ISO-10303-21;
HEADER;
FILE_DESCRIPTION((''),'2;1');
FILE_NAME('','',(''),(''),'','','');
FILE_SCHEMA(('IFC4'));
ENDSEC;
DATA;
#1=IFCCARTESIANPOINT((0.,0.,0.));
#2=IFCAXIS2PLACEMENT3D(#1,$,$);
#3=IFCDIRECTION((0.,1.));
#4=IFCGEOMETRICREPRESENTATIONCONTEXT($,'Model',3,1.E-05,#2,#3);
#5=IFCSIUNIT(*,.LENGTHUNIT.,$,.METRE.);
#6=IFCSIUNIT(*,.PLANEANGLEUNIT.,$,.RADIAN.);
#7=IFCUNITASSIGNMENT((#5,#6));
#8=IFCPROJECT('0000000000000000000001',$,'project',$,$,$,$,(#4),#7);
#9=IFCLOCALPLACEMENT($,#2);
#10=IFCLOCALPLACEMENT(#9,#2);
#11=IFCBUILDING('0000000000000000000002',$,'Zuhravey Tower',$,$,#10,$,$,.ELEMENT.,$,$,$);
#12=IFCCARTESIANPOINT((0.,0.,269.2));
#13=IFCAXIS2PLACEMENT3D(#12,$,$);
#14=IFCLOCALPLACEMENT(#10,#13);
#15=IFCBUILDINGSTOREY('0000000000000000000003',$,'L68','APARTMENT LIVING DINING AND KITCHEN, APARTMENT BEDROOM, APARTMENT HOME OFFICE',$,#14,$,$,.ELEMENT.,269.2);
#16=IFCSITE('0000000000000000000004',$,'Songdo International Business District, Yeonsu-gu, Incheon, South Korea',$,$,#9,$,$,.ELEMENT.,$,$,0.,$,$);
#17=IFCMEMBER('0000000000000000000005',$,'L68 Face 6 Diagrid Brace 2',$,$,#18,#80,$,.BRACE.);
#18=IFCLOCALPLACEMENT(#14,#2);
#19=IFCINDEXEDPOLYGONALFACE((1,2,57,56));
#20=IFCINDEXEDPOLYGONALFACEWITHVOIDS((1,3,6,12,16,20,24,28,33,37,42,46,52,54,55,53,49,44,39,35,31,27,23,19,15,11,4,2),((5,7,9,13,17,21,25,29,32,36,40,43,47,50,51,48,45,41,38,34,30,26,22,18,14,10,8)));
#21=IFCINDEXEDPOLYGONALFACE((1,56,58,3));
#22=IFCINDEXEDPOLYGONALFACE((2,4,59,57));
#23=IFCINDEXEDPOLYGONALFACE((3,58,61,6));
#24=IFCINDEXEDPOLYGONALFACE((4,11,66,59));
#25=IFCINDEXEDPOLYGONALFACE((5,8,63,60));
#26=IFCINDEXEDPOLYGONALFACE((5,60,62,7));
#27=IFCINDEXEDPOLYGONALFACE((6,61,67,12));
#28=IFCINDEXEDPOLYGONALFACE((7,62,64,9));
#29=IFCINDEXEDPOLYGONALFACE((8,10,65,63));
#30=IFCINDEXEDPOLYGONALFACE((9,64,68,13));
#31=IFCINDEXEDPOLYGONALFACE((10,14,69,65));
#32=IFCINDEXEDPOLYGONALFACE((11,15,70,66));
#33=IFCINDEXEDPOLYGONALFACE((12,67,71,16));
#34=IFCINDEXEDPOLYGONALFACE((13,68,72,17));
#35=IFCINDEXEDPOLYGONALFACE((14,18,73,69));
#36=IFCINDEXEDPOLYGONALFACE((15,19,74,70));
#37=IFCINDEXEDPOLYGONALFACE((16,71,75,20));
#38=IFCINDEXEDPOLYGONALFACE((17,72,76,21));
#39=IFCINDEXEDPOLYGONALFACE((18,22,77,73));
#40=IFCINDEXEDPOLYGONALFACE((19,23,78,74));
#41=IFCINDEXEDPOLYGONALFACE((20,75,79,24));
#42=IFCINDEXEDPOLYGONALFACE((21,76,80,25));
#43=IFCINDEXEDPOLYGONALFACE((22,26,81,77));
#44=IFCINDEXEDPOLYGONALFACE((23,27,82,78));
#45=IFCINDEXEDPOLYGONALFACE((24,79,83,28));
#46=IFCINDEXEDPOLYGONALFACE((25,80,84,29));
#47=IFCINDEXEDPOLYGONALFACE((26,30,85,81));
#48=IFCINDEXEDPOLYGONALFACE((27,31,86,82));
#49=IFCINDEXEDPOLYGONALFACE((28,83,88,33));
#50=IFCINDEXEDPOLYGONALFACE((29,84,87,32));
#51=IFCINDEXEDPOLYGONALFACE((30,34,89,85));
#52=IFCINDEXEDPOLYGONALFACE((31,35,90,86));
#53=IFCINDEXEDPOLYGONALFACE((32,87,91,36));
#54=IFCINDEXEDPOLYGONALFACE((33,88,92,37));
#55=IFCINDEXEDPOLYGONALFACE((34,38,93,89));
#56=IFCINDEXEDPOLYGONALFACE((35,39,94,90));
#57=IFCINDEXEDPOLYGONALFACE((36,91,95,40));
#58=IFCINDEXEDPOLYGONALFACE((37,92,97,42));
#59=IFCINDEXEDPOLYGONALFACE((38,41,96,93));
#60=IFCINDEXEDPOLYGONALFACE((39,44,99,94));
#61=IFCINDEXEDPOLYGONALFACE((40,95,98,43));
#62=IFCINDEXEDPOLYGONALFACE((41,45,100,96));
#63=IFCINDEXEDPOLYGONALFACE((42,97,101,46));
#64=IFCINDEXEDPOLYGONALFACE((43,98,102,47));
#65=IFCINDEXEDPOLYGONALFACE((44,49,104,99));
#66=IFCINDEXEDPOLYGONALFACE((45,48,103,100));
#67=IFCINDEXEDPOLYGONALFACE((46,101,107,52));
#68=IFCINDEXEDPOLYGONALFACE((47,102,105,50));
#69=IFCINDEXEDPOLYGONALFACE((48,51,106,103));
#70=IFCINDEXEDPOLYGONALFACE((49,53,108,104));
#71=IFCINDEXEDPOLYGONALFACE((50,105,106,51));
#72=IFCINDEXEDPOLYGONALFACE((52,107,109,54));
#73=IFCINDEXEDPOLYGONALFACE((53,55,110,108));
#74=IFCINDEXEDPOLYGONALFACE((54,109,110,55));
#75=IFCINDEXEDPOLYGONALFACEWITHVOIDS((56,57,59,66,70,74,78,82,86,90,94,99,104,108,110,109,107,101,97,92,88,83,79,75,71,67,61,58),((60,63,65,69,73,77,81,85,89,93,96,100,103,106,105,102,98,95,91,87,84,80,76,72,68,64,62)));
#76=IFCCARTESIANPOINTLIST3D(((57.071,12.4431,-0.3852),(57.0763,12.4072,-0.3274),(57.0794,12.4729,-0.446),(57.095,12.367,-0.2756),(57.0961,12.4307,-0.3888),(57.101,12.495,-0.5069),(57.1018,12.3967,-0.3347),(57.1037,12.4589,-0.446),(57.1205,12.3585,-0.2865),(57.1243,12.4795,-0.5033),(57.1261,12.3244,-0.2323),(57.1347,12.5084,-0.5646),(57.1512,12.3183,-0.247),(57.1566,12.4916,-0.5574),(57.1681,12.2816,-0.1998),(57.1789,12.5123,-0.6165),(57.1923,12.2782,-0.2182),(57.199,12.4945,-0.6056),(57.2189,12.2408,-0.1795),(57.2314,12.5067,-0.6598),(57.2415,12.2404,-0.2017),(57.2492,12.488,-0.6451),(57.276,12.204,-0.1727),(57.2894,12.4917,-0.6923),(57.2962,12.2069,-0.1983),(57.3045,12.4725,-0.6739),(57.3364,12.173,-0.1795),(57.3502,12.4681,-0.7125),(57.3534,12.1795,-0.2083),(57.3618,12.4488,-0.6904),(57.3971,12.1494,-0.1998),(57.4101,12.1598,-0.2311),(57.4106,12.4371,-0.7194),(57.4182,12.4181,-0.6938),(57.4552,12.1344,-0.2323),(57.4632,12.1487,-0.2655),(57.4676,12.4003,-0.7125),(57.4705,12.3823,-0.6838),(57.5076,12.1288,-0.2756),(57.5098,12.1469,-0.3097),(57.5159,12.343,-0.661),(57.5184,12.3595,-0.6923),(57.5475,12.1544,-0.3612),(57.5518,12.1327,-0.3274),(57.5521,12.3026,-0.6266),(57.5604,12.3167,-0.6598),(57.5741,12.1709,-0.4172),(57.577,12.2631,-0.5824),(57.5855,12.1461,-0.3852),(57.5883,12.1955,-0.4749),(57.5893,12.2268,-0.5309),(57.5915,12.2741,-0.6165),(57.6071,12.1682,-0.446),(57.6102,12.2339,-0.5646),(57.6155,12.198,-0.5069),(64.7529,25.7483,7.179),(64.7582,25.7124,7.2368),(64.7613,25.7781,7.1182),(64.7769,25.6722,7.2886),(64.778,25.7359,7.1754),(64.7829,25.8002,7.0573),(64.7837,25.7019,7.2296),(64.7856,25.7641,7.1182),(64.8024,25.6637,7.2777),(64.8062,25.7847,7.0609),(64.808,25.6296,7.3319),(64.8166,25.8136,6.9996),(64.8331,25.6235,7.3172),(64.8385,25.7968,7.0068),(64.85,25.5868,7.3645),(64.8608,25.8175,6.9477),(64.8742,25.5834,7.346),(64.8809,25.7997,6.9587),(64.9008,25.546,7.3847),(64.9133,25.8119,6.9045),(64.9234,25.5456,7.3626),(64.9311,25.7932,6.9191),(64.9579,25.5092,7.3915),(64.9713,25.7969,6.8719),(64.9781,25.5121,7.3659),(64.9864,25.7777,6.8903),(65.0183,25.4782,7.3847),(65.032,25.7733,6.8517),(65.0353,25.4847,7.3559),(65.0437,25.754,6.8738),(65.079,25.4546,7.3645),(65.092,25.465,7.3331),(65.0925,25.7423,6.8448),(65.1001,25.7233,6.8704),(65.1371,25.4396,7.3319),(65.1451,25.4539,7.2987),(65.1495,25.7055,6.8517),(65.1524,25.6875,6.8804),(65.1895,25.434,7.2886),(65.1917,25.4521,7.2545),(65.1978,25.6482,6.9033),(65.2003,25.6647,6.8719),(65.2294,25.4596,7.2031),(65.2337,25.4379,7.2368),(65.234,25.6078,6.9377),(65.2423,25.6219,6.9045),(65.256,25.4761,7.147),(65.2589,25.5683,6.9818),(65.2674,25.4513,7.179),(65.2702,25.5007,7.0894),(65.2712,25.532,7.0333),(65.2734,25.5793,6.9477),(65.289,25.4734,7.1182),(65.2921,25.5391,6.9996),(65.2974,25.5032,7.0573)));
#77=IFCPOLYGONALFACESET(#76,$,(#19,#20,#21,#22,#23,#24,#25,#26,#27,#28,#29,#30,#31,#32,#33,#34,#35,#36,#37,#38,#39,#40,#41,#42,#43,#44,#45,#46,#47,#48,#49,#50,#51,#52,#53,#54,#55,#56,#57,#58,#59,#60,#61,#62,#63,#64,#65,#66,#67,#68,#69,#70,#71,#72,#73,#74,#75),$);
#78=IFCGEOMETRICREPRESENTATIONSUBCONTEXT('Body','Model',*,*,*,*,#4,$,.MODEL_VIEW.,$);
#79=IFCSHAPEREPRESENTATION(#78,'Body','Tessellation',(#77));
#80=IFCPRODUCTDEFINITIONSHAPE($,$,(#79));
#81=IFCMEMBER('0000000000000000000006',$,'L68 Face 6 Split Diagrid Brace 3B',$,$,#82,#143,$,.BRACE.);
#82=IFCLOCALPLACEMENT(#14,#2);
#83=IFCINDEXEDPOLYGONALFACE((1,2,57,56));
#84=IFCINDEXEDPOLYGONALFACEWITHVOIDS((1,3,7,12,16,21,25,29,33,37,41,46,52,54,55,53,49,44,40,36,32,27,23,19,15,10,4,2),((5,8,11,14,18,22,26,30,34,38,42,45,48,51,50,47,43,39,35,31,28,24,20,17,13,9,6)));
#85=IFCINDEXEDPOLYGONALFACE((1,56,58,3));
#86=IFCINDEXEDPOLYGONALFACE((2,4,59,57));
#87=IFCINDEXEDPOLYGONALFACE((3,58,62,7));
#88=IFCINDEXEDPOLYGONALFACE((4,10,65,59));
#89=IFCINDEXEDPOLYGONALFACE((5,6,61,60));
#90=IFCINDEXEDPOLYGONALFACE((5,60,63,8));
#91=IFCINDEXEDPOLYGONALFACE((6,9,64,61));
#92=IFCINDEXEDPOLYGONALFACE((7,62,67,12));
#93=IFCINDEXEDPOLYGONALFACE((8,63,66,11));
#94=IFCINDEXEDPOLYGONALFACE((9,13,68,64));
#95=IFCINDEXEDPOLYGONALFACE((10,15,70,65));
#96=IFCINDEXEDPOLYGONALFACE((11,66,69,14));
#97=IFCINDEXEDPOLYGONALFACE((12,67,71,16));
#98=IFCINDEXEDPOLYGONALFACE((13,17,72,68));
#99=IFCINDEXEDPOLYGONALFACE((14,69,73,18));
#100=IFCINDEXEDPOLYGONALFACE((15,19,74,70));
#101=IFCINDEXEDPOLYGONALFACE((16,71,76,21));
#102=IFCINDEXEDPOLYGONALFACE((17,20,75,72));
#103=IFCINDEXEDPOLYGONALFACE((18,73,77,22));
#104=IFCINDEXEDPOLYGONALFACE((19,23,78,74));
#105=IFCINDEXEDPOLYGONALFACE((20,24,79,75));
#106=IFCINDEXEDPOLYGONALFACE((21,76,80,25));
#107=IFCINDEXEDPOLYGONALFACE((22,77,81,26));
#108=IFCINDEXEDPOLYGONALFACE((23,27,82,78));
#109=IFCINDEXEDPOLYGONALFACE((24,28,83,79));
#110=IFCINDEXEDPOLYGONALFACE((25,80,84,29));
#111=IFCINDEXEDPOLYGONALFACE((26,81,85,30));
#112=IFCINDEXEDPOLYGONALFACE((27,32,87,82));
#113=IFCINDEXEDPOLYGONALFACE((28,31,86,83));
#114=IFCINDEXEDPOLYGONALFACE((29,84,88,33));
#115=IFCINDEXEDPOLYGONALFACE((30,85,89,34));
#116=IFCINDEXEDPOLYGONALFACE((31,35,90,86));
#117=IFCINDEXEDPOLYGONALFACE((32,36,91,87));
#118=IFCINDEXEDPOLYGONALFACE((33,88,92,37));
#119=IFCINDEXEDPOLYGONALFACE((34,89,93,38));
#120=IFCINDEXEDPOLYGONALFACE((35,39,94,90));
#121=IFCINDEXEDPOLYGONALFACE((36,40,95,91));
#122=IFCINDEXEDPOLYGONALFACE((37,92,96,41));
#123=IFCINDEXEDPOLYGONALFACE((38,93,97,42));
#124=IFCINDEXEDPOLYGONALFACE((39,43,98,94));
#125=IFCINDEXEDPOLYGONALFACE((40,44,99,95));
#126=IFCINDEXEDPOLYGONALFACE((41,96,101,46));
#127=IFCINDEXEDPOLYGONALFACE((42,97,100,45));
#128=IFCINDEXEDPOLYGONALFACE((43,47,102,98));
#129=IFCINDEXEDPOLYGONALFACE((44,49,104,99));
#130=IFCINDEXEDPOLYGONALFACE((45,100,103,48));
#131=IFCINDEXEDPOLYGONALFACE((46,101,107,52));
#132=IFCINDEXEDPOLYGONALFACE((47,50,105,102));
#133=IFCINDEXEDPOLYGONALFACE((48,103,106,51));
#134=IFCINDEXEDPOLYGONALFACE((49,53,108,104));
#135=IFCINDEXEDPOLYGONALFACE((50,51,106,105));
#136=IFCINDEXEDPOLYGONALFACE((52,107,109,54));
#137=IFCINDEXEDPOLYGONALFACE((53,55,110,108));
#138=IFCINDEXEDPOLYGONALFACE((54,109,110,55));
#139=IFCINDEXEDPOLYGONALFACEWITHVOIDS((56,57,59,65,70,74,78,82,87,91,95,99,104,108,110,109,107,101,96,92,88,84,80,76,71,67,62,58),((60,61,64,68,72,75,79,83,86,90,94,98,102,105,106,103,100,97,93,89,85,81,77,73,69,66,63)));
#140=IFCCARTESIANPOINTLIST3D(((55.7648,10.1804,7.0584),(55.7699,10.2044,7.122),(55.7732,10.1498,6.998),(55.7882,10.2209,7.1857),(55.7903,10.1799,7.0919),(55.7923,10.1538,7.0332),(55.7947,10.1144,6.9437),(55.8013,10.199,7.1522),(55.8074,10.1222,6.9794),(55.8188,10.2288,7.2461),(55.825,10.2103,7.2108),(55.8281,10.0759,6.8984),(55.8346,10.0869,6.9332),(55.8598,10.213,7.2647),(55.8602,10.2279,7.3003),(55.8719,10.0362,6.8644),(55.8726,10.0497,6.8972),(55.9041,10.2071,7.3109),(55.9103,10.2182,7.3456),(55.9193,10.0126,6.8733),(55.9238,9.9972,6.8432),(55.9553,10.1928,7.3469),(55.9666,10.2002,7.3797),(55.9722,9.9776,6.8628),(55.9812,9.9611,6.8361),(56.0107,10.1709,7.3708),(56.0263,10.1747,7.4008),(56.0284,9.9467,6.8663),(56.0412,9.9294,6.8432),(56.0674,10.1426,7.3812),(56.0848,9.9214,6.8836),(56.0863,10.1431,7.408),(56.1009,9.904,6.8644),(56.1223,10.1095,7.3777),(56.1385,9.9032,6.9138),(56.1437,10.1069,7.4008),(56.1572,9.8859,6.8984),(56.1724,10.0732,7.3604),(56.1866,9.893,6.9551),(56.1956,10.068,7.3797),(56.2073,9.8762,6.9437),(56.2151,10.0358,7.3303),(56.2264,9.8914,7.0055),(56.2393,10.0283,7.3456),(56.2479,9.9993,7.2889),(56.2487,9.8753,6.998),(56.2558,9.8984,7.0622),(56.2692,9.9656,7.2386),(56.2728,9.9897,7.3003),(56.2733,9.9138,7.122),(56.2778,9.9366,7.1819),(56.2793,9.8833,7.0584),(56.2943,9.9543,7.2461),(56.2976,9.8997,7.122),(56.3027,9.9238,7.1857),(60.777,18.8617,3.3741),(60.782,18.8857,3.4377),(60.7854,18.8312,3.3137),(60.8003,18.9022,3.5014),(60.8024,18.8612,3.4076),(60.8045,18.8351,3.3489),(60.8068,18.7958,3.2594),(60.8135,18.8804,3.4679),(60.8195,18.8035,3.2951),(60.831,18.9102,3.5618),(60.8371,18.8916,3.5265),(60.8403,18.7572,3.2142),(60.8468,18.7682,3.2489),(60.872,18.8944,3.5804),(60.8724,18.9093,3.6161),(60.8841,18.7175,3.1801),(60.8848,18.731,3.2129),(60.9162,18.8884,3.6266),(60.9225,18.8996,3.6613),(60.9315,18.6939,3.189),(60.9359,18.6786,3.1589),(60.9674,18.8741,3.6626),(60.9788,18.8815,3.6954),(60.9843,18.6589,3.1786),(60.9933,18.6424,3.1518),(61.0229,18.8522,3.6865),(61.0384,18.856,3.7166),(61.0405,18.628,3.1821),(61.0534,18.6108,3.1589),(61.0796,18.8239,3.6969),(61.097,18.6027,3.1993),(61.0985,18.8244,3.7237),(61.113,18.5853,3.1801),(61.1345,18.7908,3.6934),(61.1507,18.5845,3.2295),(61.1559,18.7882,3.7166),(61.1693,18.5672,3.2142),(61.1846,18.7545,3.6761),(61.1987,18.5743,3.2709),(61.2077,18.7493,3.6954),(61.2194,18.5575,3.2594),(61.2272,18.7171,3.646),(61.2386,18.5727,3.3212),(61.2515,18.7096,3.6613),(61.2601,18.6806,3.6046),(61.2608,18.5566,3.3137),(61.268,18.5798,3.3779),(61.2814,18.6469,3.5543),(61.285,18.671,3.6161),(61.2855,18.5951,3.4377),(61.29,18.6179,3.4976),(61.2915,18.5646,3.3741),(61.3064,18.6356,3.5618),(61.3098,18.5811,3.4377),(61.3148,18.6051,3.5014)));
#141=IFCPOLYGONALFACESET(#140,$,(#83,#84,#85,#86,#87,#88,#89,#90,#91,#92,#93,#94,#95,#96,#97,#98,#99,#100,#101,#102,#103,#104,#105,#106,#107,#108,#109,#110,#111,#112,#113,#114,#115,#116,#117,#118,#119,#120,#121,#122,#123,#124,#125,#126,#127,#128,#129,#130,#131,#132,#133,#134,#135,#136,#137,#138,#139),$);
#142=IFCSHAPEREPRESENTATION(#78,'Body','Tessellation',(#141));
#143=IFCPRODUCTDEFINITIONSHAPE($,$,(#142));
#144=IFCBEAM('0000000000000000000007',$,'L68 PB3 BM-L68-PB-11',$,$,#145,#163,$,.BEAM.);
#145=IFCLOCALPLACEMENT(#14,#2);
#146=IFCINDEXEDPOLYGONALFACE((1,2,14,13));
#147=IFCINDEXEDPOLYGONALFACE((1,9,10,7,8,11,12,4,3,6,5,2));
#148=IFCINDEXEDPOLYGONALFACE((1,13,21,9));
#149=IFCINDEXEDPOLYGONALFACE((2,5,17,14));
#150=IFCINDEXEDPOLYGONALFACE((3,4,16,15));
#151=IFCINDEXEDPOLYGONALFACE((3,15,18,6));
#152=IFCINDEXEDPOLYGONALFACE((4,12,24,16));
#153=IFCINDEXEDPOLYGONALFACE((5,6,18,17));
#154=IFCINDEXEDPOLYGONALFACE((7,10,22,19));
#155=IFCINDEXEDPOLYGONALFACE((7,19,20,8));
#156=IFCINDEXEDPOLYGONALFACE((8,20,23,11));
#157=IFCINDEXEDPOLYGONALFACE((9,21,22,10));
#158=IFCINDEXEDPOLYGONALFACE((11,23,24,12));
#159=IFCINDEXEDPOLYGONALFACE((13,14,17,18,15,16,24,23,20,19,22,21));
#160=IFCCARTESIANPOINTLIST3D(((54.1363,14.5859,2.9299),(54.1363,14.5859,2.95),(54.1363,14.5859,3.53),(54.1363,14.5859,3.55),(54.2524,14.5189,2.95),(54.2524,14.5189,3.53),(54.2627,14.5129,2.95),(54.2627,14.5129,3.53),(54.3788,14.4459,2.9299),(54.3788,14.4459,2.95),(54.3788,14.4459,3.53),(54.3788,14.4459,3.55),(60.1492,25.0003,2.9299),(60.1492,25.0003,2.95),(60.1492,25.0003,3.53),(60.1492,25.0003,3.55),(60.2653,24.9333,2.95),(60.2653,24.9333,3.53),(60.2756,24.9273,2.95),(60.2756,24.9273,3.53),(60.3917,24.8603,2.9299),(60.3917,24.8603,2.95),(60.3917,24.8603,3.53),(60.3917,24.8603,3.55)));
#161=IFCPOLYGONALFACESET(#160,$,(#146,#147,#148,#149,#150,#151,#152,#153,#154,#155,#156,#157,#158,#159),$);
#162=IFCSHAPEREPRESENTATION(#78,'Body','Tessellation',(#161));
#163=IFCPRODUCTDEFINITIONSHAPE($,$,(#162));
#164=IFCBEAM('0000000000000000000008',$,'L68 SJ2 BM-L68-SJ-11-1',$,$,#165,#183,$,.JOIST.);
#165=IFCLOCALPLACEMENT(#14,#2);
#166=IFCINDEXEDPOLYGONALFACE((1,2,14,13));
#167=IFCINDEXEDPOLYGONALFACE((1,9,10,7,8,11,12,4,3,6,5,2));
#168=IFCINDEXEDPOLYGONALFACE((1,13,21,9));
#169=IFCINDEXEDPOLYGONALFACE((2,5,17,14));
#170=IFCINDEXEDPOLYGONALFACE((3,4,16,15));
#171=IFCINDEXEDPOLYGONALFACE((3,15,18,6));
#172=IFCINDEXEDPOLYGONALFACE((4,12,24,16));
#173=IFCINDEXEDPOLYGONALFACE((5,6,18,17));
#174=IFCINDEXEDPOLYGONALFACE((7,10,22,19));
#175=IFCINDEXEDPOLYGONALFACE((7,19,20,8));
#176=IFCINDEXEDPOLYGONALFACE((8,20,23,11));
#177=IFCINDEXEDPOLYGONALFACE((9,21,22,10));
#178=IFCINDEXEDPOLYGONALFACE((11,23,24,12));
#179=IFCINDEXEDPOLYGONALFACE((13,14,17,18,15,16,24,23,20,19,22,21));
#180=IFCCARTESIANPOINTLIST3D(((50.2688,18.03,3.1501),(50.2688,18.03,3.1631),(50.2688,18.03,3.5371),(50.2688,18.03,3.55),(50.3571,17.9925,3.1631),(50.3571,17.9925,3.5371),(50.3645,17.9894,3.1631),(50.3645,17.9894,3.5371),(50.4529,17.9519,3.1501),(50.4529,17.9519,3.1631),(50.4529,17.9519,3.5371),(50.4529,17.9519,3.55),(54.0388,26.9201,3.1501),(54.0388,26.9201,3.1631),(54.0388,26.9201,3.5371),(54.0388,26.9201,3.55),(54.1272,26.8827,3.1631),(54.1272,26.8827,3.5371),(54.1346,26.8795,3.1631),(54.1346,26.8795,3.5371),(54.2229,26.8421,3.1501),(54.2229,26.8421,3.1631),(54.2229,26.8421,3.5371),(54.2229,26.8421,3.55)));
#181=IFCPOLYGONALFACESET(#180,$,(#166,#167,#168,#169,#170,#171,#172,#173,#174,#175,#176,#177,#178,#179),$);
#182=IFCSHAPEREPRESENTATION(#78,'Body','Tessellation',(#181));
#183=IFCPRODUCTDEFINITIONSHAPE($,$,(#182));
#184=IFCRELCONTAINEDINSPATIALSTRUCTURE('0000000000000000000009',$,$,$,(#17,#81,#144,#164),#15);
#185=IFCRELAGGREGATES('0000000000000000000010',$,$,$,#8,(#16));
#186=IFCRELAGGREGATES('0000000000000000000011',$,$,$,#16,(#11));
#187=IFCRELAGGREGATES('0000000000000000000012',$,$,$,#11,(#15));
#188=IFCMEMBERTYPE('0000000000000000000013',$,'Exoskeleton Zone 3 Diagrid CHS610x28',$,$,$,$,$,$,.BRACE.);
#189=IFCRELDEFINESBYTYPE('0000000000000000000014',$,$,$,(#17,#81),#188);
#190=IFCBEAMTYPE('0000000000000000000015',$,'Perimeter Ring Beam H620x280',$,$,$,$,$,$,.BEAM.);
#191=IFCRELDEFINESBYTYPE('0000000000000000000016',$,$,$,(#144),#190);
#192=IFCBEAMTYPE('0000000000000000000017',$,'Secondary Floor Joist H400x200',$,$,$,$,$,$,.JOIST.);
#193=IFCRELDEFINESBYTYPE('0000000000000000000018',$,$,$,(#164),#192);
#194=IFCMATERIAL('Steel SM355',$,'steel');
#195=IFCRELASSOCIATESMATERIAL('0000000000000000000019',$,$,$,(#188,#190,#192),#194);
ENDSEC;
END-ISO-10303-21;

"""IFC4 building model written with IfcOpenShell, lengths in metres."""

from ifc_helpers import new_model, si_unit, direction, frame, origin, origin_2d, place, context, subcontext, project, spatial, hollow_circle, i_section, extrude, material, material_profile, profile_set, type_object, element, save


model = new_model("IFC4")

# Units and contexts
model_context = context("Model", 3, precision=1e-05, world=origin(), true_north=direction((0.0, 1.0)))
body_context = subcontext(model_context, "Body", "Model", "MODEL_VIEW")
ifc_project = project(units=[si_unit("LENGTHUNIT", "METRE"), si_unit("PLANEANGLEUNIT", "RADIAN")], contexts=[model_context])

# Site, building, storey
site_placement = place(None, origin())
site = spatial("IfcSite", under=ifc_project, at=site_placement, Name="Songdo International Business District, Yeonsu-gu, Incheon, South Korea", CompositionType="ELEMENT", RefElevation=0.0)
building_placement = place(site_placement, origin())
building = spatial("IfcBuilding", under=site, at=building_placement, Name="Zuhravey Tower", CompositionType="ELEMENT")
storey_placement = place(building_placement, frame((0.0, 0.0, 269.2)))
storey = spatial("IfcBuildingStorey", under=building, at=storey_placement, Name="L68", Description="APARTMENT LIVING DINING AND KITCHEN, APARTMENT BEDROOM, APARTMENT HOME OFFICE", CompositionType="ELEMENT", Elevation=269.2)

# Members
ifc_material_1 = material(Name="Steel SM355", Category="steel")
ifc_material_profile_1 = material_profile(ifc_material_1, hollow_circle(Radius=0.3047, WallThickness=0.0281, at=origin_2d()), Name="CHS-609.6x28")
ifc_profile_set_1 = profile_set([ifc_material_profile_1], Name="Steel SM355")
member_type_1 = type_object("IfcMemberType", Name="Exoskeleton Zone 3 Diagrid CHS610x28", PredefinedType="BRACE", material=ifc_profile_set_1)
member_1_placement = place(storey_placement, frame((57.3433, 12.3206, -0.446), z_axis=(0.448584, 0.776957, 0.441713), x_axis=(-0.866022, 0.500007, 0.0)))
element("IfcMember", 1, at=member_1_placement, inside=storey, type_object=member_type_1, Name="L68 Face 6 Diagrid Brace 2", PredefinedType="BRACE", context=body_context, shape_type="SweptSolid", body=[
    extrude(hollow_circle(Radius=0.3047, WallThickness=0.0281, at=origin_2d()), origin(), (0.0, 0.0, 1.0), 17.1248),
])
member_2_placement = place(storey_placement, frame((61.0459, 18.7334, 3.4377), z_axis=(-0.469306, -0.812862, 0.344973), x_axis=(0.866025, -0.5, 0.0)))
element("IfcMember", 2, at=member_2_placement, inside=storey, type_object=member_type_1, Name="L68 Face 6 Split Diagrid Brace 3B", PredefinedType="BRACE", context=body_context, shape_type="SweptSolid", body=[
    extrude(hollow_circle(Radius=0.3047, WallThickness=0.0281, at=origin_2d()), origin(), (0.0, 0.0, 1.0), 10.6799),
])

# Beams
ifc_material_profile_2 = material_profile(ifc_material_1, i_section(OverallWidth=0.28, OverallDepth=0.6201, WebThickness=0.012, FlangeThickness=0.02, at=origin_2d()), Name="H-620x280x12x20")
ifc_profile_set_2 = profile_set([ifc_material_profile_2], Name="Steel SM355")
beam_type_1 = type_object("IfcBeamType", Name="Perimeter Ring Beam H620x280", PredefinedType="BEAM", material=ifc_profile_set_2)
beam_1_placement = place(storey_placement, frame((54.2576, 14.5159, 3.24), z_axis=(0.500006, 0.866022, 0.0), x_axis=(-0.866022, 0.500006, 0.0)))
element("IfcBeam", 3, at=beam_1_placement, inside=storey, type_object=beam_type_1, Name="L68 PB3 BM-L68-PB-11", PredefinedType="BEAM", context=body_context, shape_type="SweptSolid", body=[
    extrude(i_section(OverallWidth=0.28, OverallDepth=0.6201, WebThickness=0.012, FlangeThickness=0.02, at=origin_2d()), origin(), (0.0, 0.0, 1.0), 12.0256),
])
ifc_material_profile_3 = material_profile(ifc_material_1, i_section(OverallWidth=0.2, OverallDepth=0.3999, WebThickness=0.0081, FlangeThickness=0.0129, at=origin_2d()), Name="H-400x200x8x13")
ifc_profile_set_3 = profile_set([ifc_material_profile_3], Name="Steel SM355")
beam_type_2 = type_object("IfcBeamType", Name="Secondary Floor Joist H400x200", PredefinedType="JOIST", material=ifc_profile_set_3)
beam_2_placement = place(storey_placement, frame((50.3608, 17.991, 3.3501), z_axis=(0.390413, 0.92064, 0.0), x_axis=(-0.92064, 0.390413, 0.0)))
element("IfcBeam", 4, at=beam_2_placement, inside=storey, type_object=beam_type_2, Name="L68 SJ2 BM-L68-SJ-11-1", PredefinedType="JOIST", context=body_context, shape_type="SweptSolid", body=[
    extrude(i_section(OverallWidth=0.2, OverallDepth=0.3999, WebThickness=0.0081, FlangeThickness=0.0129, at=origin_2d()), origin(), (0.0, 0.0, 1.0), 9.6565),
])

save(model, "model.ifc")
